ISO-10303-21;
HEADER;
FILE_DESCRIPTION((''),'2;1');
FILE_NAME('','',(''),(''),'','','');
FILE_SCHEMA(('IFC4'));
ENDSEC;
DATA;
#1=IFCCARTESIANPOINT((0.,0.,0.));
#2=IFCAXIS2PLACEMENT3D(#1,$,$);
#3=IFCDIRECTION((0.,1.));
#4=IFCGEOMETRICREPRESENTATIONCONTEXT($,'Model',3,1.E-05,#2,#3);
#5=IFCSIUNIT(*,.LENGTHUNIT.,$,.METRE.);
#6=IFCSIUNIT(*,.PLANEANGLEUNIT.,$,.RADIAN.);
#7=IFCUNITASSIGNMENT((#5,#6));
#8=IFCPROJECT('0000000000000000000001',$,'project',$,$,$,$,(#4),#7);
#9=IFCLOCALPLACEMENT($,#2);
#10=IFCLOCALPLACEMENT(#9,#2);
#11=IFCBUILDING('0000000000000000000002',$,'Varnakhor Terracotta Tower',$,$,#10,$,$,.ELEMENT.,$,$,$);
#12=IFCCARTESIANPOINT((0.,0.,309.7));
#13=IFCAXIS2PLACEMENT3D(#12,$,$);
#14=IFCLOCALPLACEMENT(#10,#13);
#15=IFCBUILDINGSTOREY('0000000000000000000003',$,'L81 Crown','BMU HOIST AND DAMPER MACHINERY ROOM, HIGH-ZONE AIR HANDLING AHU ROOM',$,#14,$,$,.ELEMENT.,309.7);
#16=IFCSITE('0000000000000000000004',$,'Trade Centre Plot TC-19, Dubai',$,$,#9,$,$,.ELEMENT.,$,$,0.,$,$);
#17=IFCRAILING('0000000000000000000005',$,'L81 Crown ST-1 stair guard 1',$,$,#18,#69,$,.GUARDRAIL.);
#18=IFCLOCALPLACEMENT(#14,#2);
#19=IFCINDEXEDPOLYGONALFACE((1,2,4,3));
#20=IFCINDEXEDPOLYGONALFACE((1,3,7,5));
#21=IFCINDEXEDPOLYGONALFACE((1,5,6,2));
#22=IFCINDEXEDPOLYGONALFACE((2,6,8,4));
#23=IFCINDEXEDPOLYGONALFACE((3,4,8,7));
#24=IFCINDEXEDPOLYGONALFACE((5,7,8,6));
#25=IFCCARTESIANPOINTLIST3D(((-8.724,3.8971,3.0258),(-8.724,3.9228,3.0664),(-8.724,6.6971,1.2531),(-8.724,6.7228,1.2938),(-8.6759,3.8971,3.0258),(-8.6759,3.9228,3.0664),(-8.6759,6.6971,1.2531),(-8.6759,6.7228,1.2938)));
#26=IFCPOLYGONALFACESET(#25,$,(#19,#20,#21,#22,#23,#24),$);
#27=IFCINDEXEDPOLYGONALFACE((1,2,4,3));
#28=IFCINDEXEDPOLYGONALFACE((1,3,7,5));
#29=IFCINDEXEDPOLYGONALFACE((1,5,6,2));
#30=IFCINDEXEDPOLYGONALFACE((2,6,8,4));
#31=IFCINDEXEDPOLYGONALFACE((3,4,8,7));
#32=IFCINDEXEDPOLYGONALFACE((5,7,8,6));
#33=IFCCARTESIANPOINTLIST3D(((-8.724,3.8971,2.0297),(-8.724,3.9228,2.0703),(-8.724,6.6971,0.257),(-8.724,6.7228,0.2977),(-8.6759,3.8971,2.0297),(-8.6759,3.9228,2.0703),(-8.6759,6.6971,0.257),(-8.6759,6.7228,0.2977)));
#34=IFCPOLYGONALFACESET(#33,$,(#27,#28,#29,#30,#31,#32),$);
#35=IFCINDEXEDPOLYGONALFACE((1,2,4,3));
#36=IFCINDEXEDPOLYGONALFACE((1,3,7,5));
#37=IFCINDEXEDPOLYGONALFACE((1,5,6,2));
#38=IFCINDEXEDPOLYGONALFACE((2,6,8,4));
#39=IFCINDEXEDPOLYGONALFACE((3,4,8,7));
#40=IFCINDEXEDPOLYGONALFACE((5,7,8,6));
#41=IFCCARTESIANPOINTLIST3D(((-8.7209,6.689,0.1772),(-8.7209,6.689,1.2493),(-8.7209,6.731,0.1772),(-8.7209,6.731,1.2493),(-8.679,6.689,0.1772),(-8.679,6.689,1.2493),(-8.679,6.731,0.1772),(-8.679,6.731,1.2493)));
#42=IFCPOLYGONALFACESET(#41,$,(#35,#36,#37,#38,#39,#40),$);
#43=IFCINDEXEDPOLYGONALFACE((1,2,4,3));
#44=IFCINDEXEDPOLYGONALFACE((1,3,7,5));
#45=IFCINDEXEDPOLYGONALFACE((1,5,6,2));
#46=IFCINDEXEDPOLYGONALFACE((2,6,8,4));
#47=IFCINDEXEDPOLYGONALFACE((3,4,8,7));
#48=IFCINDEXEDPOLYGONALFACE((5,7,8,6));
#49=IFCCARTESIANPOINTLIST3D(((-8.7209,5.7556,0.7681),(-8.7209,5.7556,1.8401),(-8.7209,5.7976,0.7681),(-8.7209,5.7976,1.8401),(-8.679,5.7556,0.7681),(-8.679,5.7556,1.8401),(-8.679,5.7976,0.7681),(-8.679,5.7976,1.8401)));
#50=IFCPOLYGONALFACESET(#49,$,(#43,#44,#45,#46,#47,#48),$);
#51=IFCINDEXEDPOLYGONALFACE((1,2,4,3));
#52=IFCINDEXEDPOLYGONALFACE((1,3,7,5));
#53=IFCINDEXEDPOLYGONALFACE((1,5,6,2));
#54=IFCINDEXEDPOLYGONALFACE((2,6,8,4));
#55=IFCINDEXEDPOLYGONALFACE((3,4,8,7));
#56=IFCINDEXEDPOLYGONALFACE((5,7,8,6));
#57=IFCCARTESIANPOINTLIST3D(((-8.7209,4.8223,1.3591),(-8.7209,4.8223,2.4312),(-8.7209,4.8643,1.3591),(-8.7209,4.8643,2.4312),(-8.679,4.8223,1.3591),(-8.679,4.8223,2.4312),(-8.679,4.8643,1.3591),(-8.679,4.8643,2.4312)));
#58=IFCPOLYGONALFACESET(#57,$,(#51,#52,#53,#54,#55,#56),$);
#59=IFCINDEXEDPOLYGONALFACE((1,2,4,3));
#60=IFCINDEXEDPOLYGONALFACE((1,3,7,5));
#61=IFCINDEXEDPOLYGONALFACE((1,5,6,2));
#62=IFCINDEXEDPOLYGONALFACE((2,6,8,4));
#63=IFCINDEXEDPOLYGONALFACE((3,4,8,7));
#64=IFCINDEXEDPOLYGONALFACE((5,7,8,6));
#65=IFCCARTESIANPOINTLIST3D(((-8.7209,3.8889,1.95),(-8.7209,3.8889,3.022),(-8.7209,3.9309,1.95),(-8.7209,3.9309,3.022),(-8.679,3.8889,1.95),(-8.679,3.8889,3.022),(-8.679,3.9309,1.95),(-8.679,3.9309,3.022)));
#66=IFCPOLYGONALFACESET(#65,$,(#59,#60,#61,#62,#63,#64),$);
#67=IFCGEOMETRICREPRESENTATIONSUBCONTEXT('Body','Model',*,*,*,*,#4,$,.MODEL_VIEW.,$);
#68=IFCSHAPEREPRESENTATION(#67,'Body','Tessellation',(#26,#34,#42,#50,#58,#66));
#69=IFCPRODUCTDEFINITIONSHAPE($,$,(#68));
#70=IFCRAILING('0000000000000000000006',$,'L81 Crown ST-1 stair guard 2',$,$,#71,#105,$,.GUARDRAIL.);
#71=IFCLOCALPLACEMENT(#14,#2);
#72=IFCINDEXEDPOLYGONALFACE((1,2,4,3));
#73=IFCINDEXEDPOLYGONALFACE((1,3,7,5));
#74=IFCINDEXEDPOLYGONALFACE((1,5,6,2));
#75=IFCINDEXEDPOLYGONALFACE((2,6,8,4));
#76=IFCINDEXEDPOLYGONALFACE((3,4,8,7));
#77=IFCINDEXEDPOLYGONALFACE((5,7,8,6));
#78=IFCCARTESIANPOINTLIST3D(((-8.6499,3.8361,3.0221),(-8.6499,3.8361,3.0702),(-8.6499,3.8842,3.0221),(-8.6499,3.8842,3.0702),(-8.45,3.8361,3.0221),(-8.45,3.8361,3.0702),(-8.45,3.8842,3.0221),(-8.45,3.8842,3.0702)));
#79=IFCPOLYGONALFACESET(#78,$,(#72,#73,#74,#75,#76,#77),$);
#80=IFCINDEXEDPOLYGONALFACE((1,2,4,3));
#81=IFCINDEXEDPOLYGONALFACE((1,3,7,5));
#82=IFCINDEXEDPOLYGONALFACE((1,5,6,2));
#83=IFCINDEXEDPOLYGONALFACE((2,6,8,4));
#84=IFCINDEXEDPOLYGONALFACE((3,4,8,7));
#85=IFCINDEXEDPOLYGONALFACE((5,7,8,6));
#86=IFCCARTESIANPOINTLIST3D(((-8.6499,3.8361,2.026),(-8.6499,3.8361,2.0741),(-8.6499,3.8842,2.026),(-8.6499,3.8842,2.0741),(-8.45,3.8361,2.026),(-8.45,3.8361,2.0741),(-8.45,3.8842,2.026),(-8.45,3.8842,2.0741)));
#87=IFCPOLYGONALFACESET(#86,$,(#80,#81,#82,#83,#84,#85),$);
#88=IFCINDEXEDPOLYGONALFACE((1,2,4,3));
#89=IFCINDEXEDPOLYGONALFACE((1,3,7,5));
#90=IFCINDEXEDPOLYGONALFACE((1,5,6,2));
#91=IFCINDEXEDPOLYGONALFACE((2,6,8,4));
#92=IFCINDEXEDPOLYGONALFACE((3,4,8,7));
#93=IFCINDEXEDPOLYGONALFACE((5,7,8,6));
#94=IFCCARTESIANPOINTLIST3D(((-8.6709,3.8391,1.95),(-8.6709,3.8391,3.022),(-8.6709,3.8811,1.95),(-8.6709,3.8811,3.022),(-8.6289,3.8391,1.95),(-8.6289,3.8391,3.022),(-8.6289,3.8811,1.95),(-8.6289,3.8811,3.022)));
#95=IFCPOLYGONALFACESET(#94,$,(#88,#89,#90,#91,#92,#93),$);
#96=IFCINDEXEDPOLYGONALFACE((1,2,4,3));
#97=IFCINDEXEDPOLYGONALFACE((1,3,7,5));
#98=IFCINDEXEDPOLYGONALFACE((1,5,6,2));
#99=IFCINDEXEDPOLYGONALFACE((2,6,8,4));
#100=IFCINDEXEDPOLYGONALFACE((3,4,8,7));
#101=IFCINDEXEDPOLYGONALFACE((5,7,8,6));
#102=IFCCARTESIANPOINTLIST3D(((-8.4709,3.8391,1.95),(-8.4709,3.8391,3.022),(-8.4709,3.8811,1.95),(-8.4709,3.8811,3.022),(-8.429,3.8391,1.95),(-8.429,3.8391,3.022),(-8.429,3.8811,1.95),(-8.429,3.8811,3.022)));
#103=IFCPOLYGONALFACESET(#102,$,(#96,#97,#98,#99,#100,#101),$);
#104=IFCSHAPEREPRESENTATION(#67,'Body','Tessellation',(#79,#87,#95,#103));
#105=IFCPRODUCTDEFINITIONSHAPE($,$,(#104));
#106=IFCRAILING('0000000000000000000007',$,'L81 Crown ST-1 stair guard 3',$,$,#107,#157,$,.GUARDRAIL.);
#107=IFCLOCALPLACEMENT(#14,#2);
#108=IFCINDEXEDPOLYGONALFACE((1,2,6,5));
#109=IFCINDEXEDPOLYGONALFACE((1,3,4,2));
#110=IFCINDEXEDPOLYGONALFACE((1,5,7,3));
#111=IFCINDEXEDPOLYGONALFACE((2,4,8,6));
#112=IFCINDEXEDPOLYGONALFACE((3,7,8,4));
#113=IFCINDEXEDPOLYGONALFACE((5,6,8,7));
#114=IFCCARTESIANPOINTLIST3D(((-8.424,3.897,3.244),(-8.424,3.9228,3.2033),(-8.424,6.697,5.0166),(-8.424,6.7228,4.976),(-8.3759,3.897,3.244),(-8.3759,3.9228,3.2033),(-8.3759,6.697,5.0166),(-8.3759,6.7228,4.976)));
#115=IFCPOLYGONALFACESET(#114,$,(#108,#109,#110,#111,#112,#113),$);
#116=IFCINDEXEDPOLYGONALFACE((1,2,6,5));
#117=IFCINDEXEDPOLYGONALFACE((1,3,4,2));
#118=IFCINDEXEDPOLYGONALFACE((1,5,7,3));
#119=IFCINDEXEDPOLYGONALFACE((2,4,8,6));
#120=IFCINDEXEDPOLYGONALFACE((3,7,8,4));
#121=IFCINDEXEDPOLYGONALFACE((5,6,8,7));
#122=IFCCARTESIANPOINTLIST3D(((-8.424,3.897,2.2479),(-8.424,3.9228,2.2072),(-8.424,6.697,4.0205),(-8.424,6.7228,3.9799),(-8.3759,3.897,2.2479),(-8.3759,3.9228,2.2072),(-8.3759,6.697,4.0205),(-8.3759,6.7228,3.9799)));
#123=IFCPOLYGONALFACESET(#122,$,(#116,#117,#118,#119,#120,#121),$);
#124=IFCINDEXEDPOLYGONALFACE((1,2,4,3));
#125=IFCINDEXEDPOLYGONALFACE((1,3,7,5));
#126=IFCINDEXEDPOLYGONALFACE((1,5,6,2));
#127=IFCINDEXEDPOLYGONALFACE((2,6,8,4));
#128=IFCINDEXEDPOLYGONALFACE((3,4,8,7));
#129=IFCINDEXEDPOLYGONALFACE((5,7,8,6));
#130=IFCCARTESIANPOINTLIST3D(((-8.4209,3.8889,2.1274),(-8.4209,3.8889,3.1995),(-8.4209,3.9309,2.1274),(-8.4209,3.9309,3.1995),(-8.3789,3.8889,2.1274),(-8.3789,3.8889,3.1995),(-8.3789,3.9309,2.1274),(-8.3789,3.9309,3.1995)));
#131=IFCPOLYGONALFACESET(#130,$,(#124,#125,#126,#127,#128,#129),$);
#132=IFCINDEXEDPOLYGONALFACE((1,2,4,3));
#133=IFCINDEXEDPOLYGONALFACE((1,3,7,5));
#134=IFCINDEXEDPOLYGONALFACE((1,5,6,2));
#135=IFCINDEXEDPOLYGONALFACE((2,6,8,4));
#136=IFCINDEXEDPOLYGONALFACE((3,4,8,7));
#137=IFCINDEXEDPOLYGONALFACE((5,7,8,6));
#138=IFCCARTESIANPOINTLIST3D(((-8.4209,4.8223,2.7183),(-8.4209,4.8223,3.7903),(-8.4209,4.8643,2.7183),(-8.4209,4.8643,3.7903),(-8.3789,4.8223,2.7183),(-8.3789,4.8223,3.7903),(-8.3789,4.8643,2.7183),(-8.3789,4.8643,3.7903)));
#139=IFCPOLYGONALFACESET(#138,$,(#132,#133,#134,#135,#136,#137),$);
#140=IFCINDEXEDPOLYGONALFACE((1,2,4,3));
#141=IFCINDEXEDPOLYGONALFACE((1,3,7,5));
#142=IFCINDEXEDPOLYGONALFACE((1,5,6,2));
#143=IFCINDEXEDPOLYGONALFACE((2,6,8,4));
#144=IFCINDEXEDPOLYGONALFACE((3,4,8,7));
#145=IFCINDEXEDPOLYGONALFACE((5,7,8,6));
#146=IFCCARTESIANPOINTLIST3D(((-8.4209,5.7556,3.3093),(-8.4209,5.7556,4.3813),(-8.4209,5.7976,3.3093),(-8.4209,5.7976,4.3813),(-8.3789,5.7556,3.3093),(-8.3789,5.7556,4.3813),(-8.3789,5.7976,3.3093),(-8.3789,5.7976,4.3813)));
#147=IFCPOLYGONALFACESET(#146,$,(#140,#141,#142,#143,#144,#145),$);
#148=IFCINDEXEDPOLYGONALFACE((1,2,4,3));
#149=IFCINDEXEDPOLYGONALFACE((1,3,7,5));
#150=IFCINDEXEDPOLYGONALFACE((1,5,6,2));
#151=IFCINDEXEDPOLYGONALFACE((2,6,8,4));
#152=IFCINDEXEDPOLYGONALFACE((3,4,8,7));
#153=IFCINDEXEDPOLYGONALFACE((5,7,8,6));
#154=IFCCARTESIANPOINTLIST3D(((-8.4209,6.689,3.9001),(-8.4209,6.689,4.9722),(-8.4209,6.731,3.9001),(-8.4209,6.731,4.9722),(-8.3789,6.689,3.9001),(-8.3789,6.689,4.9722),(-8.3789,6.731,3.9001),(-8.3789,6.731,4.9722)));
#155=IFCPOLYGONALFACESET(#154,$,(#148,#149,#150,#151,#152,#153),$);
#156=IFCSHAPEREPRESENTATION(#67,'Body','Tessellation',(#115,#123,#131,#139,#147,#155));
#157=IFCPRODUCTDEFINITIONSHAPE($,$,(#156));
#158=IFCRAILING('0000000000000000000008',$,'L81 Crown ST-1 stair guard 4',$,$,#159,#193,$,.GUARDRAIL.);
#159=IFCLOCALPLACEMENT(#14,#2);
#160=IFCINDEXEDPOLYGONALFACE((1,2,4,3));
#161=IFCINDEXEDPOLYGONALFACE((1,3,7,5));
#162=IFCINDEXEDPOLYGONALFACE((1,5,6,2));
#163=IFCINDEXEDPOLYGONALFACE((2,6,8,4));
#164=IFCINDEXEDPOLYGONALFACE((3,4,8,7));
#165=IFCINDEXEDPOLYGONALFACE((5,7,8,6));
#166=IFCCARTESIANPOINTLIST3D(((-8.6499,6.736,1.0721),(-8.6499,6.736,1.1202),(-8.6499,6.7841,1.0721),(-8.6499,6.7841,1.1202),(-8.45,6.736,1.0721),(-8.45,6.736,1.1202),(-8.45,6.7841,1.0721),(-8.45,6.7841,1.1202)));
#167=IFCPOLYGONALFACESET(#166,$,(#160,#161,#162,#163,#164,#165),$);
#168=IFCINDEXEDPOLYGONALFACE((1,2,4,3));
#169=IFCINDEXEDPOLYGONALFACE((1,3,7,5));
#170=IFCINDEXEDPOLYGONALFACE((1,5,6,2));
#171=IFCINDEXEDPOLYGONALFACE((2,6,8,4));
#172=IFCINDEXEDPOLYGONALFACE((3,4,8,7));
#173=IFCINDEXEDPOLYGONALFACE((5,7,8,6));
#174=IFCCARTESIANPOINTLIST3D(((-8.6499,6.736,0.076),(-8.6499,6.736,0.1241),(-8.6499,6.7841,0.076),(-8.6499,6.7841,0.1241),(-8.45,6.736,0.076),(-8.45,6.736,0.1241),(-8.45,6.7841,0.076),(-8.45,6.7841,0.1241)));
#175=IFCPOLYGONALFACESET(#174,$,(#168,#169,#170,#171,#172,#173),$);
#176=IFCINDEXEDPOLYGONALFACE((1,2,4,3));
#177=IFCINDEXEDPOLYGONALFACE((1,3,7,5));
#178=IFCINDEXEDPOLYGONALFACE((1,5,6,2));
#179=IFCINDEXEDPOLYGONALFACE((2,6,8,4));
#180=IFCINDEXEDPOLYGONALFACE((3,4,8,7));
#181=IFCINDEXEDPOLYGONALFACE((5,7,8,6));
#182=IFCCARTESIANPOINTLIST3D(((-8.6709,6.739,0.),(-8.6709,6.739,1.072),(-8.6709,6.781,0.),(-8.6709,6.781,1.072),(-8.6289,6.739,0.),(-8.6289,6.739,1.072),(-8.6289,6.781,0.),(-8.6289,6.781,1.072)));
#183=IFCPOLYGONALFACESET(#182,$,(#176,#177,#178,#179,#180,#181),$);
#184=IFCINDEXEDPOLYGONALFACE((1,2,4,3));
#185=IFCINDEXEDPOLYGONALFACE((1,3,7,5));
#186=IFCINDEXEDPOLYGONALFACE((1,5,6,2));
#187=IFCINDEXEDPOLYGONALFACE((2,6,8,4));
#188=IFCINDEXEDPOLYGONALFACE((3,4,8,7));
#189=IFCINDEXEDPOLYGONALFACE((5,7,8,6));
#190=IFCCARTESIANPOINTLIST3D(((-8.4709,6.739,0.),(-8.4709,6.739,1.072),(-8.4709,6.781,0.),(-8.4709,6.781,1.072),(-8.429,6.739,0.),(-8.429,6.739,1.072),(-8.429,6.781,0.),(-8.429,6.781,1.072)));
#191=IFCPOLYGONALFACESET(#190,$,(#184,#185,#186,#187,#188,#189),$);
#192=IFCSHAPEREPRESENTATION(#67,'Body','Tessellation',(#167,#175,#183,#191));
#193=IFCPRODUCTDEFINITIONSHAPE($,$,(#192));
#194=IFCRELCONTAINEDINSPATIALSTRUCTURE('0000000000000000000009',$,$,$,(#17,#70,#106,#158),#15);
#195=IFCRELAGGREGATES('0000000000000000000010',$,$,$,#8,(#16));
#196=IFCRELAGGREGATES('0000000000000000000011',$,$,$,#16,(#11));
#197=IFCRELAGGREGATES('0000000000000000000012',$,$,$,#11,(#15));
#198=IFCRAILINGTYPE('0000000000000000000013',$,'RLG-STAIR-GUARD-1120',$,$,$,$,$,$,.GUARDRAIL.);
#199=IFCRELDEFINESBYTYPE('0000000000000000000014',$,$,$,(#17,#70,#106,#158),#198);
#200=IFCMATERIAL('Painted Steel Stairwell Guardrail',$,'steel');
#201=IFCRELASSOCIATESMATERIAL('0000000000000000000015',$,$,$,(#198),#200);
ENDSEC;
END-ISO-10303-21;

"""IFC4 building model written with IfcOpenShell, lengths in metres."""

from ifc_helpers import new_model, si_unit, direction, frame, origin, origin_2d, place, context, subcontext, project, spatial, rectangle, extrude, material, type_object, element, save


model = new_model("IFC4")

# Units and contexts
model_context = context("Model", 3, precision=1e-05, world=origin(), true_north=direction((0.0, 1.0)))
body_context = subcontext(model_context, "Body", "Model", "MODEL_VIEW")
ifc_project = project(units=[si_unit("LENGTHUNIT", "METRE"), si_unit("PLANEANGLEUNIT", "RADIAN")], contexts=[model_context])

# Site, building, storey
site_placement = place(None, origin())
site = spatial("IfcSite", under=ifc_project, at=site_placement, Name="Trade Centre Plot TC-19, Dubai", CompositionType="ELEMENT", RefElevation=0.0)
building_placement = place(site_placement, origin())
building = spatial("IfcBuilding", under=site, at=building_placement, Name="Varnakhor Terracotta Tower", CompositionType="ELEMENT")
storey_placement = place(building_placement, frame((0.0, 0.0, 309.7)))
storey = spatial("IfcBuildingStorey", under=building, at=storey_placement, Name="L81 Crown", Description="BMU HOIST AND DAMPER MACHINERY ROOM, HIGH-ZONE AIR HANDLING AHU ROOM", CompositionType="ELEMENT", Elevation=309.7)

# Railings
ifc_material_1 = material(Name="Painted Steel Stairwell Guardrail", Category="steel")
railing_type_1 = type_object("IfcRailingType", Name="RLG-STAIR-GUARD-1120", PredefinedType="GUARDRAIL", material=ifc_material_1)
railing_1_placement = place(storey_placement, frame((-8.7, 6.71, 0.1772)))
element("IfcRailing", 1, at=railing_1_placement, inside=storey, type_object=railing_type_1, Name="L81 Crown ST-1 stair guard 1", PredefinedType="GUARDRAIL", context=body_context, shape_type="SweptSolid", body=[
    extrude(rectangle(XDim=0.0481, YDim=0.0481, at=origin_2d()), frame((0.0, 0.0, 1.0962), z_axis=(0.0, -0.844909, 0.53491), x_axis=(1.0, 0.0, 0.0)), (0.0, 0.0, 1.0), 3.314),
    extrude(rectangle(XDim=0.0481, YDim=0.0481, at=origin_2d()), frame((0.0, 0.0, 0.1001), z_axis=(0.0, -0.844909, 0.53491), x_axis=(1.0, 0.0, 0.0)), (0.0, 0.0, 1.0), 3.314),
    extrude(rectangle(XDim=0.042, YDim=0.042, at=origin_2d()), origin(), (0.0, 0.0, 1.0), 1.072),
    extrude(rectangle(XDim=0.042, YDim=0.042, at=origin_2d()), frame((0.0, -0.9333, 0.5908)), (0.0, 0.0, 1.0), 1.072),
    extrude(rectangle(XDim=0.042, YDim=0.042, at=origin_2d()), frame((0.0, -1.8667, 1.1819)), (0.0, 0.0, 1.0), 1.072),
    extrude(rectangle(XDim=0.042, YDim=0.042, at=origin_2d()), frame((0.0, -2.8, 1.7727)), (0.0, 0.0, 1.0), 1.072),
])
railing_2_placement = place(storey_placement, frame((-8.6499, 3.8601, 1.95)))
element("IfcRailing", 2, at=railing_2_placement, inside=storey, type_object=railing_type_1, Name="L81 Crown ST-1 stair guard 2", PredefinedType="GUARDRAIL", context=body_context, shape_type="SweptSolid", body=[
    extrude(rectangle(XDim=0.0481, YDim=0.0481, at=origin_2d()), frame((0.0, 0.0, 1.0962), z_axis=(1.0, 0.0, 0.0), x_axis=(0.0, 1.0, 0.0)), (0.0, 0.0, 1.0), 0.2),
    extrude(rectangle(XDim=0.0481, YDim=0.0481, at=origin_2d()), frame((0.0, 0.0, 0.1001), z_axis=(1.0, 0.0, 0.0), x_axis=(0.0, 1.0, 0.0)), (0.0, 0.0, 1.0), 0.2),
    extrude(rectangle(XDim=0.042, YDim=0.042, at=origin_2d()), origin(), (0.0, 0.0, 1.0), 1.072),
    extrude(rectangle(XDim=0.042, YDim=0.042, at=origin_2d()), frame((0.2, 0.0, 0.0)), (0.0, 0.0, 1.0), 1.072),
])
railing_3_placement = place(storey_placement, frame((-8.3999, 3.9099, 2.1274)))
element("IfcRailing", 3, at=railing_3_placement, inside=storey, type_object=railing_type_1, Name="L81 Crown ST-1 stair guard 3", PredefinedType="GUARDRAIL", context=body_context, shape_type="SweptSolid", body=[
    extrude(rectangle(XDim=0.0481, YDim=0.0481, at=origin_2d()), frame((0.0, 0.0, 1.0962), z_axis=(0.0, 0.844909, 0.53491), x_axis=(-1.0, 0.0, 0.0)), (0.0, 0.0, 1.0), 3.314),
    extrude(rectangle(XDim=0.0481, YDim=0.0481, at=origin_2d()), frame((0.0, 0.0, 0.1001), z_axis=(0.0, 0.844909, 0.53491), x_axis=(-1.0, 0.0, 0.0)), (0.0, 0.0, 1.0), 3.314),
    extrude(rectangle(XDim=0.042, YDim=0.042, at=origin_2d()), origin(), (0.0, 0.0, 1.0), 1.072),
    extrude(rectangle(XDim=0.042, YDim=0.042, at=origin_2d()), frame((0.0, 0.9333, 0.5908)), (0.0, 0.0, 1.0), 1.072),
    extrude(rectangle(XDim=0.042, YDim=0.042, at=origin_2d()), frame((0.0, 1.8667, 1.1819)), (0.0, 0.0, 1.0), 1.072),
    extrude(rectangle(XDim=0.042, YDim=0.042, at=origin_2d()), frame((0.0, 2.8, 1.7727)), (0.0, 0.0, 1.0), 1.072),
])
railing_4_placement = place(storey_placement, frame((-8.6499, 6.76, 0.0)))
element("IfcRailing", 4, at=railing_4_placement, inside=storey, type_object=railing_type_1, Name="L81 Crown ST-1 stair guard 4", PredefinedType="GUARDRAIL", context=body_context, shape_type="SweptSolid", body=[
    extrude(rectangle(XDim=0.0481, YDim=0.0481, at=origin_2d()), frame((0.0, 0.0, 1.0962), z_axis=(1.0, 0.0, 0.0), x_axis=(0.0, 1.0, 0.0)), (0.0, 0.0, 1.0), 0.2),
    extrude(rectangle(XDim=0.0481, YDim=0.0481, at=origin_2d()), frame((0.0, 0.0, 0.1001), z_axis=(1.0, 0.0, 0.0), x_axis=(0.0, 1.0, 0.0)), (0.0, 0.0, 1.0), 0.2),
    extrude(rectangle(XDim=0.042, YDim=0.042, at=origin_2d()), origin(), (0.0, 0.0, 1.0), 1.072),
    extrude(rectangle(XDim=0.042, YDim=0.042, at=origin_2d()), frame((0.2, 0.0, 0.0)), (0.0, 0.0, 1.0), 1.072),
])

save(model, "model.ifc")
